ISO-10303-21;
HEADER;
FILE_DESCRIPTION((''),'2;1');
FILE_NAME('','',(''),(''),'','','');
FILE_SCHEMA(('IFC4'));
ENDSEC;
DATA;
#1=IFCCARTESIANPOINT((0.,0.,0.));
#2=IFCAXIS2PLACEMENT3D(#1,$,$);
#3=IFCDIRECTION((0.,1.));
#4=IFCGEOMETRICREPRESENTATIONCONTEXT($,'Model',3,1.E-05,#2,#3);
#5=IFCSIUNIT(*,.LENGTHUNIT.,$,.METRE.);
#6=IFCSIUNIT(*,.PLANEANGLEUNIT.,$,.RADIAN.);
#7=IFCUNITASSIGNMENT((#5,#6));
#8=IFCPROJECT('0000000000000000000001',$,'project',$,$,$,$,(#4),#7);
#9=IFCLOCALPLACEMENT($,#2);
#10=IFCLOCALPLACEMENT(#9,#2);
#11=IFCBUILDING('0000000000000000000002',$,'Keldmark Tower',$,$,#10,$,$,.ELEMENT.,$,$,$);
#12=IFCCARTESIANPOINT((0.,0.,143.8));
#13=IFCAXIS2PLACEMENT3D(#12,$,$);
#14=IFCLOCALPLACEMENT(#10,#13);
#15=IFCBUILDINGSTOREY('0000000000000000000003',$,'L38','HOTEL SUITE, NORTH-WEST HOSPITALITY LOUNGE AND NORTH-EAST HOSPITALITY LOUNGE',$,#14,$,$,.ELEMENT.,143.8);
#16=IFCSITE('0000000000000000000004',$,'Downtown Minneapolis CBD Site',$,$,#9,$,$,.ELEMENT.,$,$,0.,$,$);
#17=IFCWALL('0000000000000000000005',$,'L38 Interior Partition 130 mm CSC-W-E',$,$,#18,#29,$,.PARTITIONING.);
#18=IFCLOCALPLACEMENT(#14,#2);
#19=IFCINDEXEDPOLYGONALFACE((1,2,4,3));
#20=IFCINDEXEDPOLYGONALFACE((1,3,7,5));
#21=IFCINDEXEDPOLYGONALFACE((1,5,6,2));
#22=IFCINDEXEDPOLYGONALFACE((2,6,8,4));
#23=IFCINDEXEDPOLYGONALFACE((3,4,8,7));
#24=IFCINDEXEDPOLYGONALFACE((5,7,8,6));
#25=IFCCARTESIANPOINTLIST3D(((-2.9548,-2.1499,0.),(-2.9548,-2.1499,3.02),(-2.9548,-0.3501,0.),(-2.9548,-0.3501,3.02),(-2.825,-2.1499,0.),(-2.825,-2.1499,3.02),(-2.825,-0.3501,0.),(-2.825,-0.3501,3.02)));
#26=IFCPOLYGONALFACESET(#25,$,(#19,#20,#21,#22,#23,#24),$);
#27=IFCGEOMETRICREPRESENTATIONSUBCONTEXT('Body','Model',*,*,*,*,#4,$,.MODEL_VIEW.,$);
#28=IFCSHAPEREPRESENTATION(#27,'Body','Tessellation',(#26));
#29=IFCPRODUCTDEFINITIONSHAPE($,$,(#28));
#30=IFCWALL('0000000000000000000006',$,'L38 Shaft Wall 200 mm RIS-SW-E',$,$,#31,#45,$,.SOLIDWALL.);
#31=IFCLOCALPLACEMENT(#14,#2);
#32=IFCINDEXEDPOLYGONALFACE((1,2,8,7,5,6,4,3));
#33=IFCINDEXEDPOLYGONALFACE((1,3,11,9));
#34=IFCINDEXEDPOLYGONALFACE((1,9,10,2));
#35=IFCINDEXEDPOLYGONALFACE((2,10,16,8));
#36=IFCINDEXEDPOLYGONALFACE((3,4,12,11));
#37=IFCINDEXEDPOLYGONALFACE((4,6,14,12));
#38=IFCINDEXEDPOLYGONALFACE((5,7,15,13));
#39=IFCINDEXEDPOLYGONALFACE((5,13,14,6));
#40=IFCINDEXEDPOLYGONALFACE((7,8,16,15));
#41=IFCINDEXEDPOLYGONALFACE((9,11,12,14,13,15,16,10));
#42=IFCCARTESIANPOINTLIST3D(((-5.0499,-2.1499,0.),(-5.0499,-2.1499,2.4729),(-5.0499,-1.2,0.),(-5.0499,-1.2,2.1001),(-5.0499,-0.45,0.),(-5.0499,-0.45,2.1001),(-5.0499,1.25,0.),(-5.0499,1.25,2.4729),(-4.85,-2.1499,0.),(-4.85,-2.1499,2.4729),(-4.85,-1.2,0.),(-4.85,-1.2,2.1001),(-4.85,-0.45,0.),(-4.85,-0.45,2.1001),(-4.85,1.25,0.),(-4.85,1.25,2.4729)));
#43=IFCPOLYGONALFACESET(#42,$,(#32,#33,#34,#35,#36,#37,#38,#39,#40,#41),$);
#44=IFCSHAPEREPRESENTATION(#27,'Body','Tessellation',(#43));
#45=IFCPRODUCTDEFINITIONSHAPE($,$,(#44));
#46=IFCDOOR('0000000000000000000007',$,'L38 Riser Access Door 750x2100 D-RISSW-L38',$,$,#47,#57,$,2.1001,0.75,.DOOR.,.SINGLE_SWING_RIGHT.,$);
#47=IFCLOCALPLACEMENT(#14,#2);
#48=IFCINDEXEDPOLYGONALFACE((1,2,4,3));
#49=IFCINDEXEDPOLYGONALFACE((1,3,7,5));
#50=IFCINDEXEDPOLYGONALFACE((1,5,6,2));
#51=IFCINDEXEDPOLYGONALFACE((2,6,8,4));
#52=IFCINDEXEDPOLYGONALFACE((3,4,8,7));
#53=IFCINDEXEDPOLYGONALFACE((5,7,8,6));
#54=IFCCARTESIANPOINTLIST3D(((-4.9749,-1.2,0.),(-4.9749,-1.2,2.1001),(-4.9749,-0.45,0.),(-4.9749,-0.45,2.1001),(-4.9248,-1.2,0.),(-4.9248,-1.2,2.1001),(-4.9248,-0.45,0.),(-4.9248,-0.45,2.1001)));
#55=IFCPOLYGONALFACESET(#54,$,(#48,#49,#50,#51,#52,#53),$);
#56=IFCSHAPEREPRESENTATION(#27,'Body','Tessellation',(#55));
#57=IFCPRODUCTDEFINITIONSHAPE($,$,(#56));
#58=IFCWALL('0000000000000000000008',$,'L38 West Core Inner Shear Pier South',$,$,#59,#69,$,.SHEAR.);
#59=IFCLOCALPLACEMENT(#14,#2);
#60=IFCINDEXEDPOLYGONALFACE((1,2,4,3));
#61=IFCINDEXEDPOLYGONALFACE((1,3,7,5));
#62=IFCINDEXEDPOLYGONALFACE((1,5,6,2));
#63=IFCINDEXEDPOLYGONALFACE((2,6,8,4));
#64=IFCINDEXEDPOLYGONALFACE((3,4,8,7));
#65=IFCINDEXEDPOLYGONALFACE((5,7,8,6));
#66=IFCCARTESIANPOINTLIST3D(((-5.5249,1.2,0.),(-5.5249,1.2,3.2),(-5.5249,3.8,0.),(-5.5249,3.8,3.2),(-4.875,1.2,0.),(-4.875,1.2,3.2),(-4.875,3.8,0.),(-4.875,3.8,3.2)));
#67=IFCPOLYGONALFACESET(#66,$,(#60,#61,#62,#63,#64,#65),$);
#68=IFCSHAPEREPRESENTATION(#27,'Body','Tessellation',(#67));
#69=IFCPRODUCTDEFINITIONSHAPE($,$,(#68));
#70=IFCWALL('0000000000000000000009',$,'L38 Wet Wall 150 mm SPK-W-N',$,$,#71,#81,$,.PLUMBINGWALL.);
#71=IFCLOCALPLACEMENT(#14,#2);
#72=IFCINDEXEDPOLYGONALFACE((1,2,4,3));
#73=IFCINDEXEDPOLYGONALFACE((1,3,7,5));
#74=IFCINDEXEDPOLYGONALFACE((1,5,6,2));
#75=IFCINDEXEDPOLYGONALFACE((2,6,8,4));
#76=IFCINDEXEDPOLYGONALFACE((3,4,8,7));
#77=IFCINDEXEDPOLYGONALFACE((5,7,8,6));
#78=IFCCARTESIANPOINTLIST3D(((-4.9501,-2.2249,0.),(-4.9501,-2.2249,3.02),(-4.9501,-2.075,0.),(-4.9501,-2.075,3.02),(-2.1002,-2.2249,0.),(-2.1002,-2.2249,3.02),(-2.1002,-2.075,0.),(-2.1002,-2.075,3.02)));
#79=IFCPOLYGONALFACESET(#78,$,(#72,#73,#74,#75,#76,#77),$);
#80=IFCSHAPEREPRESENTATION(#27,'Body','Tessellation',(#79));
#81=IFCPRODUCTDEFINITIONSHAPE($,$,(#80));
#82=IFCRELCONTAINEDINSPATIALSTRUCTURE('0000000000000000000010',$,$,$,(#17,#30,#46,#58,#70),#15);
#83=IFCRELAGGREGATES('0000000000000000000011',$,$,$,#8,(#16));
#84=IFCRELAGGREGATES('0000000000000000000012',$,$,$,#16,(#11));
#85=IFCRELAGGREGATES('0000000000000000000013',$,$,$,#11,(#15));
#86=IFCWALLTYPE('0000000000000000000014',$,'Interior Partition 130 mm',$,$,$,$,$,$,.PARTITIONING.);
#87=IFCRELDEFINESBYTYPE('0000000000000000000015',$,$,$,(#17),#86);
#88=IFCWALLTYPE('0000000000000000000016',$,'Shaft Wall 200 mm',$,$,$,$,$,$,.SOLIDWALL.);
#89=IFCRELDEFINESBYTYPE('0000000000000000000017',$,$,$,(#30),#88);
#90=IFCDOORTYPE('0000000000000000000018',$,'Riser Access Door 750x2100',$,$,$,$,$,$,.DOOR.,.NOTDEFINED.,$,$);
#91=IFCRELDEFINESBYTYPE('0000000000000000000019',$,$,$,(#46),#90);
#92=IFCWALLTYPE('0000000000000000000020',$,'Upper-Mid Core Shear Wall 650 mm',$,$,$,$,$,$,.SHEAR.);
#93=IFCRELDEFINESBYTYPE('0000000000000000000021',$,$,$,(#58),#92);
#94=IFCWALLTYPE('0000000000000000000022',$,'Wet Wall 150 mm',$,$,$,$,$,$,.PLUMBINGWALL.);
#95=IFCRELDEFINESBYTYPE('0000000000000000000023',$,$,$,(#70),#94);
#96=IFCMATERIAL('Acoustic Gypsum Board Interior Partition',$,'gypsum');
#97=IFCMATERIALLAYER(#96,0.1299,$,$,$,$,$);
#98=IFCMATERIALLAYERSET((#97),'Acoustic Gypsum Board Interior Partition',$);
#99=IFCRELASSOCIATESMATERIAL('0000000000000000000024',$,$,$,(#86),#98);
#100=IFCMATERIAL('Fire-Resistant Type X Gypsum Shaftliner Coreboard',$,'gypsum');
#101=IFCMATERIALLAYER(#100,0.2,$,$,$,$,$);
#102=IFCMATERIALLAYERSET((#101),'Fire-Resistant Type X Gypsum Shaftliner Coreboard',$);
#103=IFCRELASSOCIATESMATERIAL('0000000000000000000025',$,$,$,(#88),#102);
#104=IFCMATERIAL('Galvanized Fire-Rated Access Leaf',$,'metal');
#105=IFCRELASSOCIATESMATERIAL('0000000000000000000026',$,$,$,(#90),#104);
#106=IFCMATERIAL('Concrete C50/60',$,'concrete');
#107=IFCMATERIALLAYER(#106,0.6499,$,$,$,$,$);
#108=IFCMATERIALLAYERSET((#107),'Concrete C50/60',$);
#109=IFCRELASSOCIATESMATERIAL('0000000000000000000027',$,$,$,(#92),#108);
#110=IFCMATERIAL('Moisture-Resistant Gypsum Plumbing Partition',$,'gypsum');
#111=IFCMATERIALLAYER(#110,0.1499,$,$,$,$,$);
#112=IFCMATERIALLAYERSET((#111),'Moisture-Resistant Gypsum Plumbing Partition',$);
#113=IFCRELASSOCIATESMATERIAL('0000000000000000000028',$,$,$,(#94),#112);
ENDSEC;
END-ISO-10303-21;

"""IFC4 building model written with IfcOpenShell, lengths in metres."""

from ifc_helpers import new_model, si_unit, direction, frame, frame_2d, origin, place, context, subcontext, project, spatial, rectangle, extrude, material, layer, layer_set, type_object, element, fill, save


model = new_model("IFC4")

# Units and contexts
model_context = context("Model", 3, precision=1e-05, world=origin(), true_north=direction((0.0, 1.0)))
body_context = subcontext(model_context, "Body", "Model", "MODEL_VIEW")
ifc_project = project(units=[si_unit("LENGTHUNIT", "METRE"), si_unit("PLANEANGLEUNIT", "RADIAN")], contexts=[model_context])

# Site, building, storey
site_placement = place(None, origin())
site = spatial("IfcSite", under=ifc_project, at=site_placement, Name="Downtown Minneapolis CBD Site", CompositionType="ELEMENT", RefElevation=0.0)
building_placement = place(site_placement, origin())
building = spatial("IfcBuilding", under=site, at=building_placement, Name="Keldmark Tower", CompositionType="ELEMENT")
storey_placement = place(building_placement, frame((0.0, 0.0, 143.8)))
storey = spatial("IfcBuildingStorey", under=building, at=storey_placement, Name="L38", Description="HOTEL SUITE, NORTH-WEST HOSPITALITY LOUNGE AND NORTH-EAST HOSPITALITY LOUNGE", CompositionType="ELEMENT", Elevation=143.8)

# Shared definitions
ifc_material_1 = material(Name="Acoustic Gypsum Board Interior Partition", Category="gypsum")
ifc_layer_1 = layer(ifc_material_1, 0.1299)
ifc_layer_set_1 = layer_set([ifc_layer_1], Name="Acoustic Gypsum Board Interior Partition")
wall_type_1 = type_object("IfcWallType", Name="Interior Partition 130 mm", PredefinedType="PARTITIONING", material=ifc_layer_set_1)

# Wall
wall_1_placement = place(storey_placement, frame((-2.8899, -2.1499, 0.0), z_axis=(0.0, 0.0, 1.0), x_axis=(0.0, 1.0, 0.0)))
element("IfcWall", 1, at=wall_1_placement, inside=storey, type_object=wall_type_1, Name="L38 Interior Partition 130 mm CSC-W-E", PredefinedType="PARTITIONING", context=body_context, shape_type="SweptSolid", body=[
    extrude(rectangle(XDim=1.7998, YDim=0.1299, at=frame_2d((0.8999, 0.0))), origin(), (0.0, 0.0, 1.0), 3.02),
])

# Wall, opening, door
ifc_material_2 = material(Name="Fire-Resistant Type X Gypsum Shaftliner Coreboard", Category="gypsum")
ifc_layer_2 = layer(ifc_material_2, 0.2)
ifc_layer_set_2 = layer_set([ifc_layer_2], Name="Fire-Resistant Type X Gypsum Shaftliner Coreboard")
wall_type_2 = type_object("IfcWallType", Name="Shaft Wall 200 mm", PredefinedType="SOLIDWALL", material=ifc_layer_set_2)
wall_2_placement = place(storey_placement, frame((-4.95, -2.1499, 0.0), z_axis=(0.0, 0.0, 1.0), x_axis=(0.0, 1.0, 0.0)))
wall_2 = element("IfcWall", 2, at=wall_2_placement, inside=storey, type_object=wall_type_2, Name="L38 Shaft Wall 200 mm RIS-SW-E", PredefinedType="SOLIDWALL", context=body_context, shape_type="SweptSolid", body=[
    extrude(rectangle(XDim=3.3999, YDim=0.2, at=frame_2d((1.7, 0.0))), origin(), (0.0, 0.0, 1.0), 2.4729),
])
opening_1_placement = place(wall_2_placement, frame((0.95, 0.0, 0.0)))
opening_1 = element("IfcOpeningElement", 3, at=opening_1_placement, cuts=wall_2, PredefinedType="OPENING", context=body_context, shape_type="SweptSolid", body=[
    extrude(rectangle(XDim=0.75, YDim=2.1001, at=frame_2d((0.375, 1.05))), frame((0.0, 0.1099, 0.0), z_axis=(0.0, -1.0, 0.0), x_axis=(1.0, 0.0, 0.0)), (0.0, 0.0, 1.0), 0.22),
])
ifc_material_3 = material(Name="Galvanized Fire-Rated Access Leaf", Category="metal")
door_type_1 = type_object("IfcDoorType", Name="Riser Access Door 750x2100", OperationType="NOTDEFINED", PredefinedType="DOOR", material=ifc_material_3)
door_1_placement = place(opening_1_placement, origin())
door_1 = element("IfcDoor", 4, at=door_1_placement, inside=storey, type_object=door_type_1, Name="L38 Riser Access Door 750x2100 D-RISSW-L38", OperationType="SINGLE_SWING_RIGHT", OverallHeight=2.1001, OverallWidth=0.75, PredefinedType="DOOR", context=body_context, shape_type="SweptSolid", body=[
    extrude(rectangle(XDim=0.75, YDim=2.1001, at=frame_2d((0.375, 1.05))), frame((0.0, 0.0249, 0.0), z_axis=(0.0, -1.0, 0.0), x_axis=(1.0, 0.0, 0.0)), (0.0, 0.0, 1.0), 0.05),
])
fill(opening_1, door_1)

# Shared definitions
ifc_material_4 = material(Name="Concrete C50/60", Category="concrete")
ifc_layer_3 = layer(ifc_material_4, 0.6499)
ifc_layer_set_3 = layer_set([ifc_layer_3], Name="Concrete C50/60")
wall_type_3 = type_object("IfcWallType", Name="Upper-Mid Core Shear Wall 650 mm", PredefinedType="SHEAR", material=ifc_layer_set_3)

# Walls
wall_3_placement = place(storey_placement, frame((-5.2, 1.2, 0.0), z_axis=(0.0, 0.0, 1.0), x_axis=(0.0, 1.0, 0.0)))
element("IfcWall", 5, at=wall_3_placement, inside=storey, type_object=wall_type_3, Name="L38 West Core Inner Shear Pier South", PredefinedType="SHEAR", context=body_context, shape_type="SweptSolid", body=[
    extrude(rectangle(XDim=2.6001, YDim=0.6499, at=frame_2d((1.3, 0.0))), origin(), (0.0, 0.0, 1.0), 3.2),
])
ifc_material_5 = material(Name="Moisture-Resistant Gypsum Plumbing Partition", Category="gypsum")
ifc_layer_4 = layer(ifc_material_5, 0.1499)
ifc_layer_set_4 = layer_set([ifc_layer_4], Name="Moisture-Resistant Gypsum Plumbing Partition")
wall_type_4 = type_object("IfcWallType", Name="Wet Wall 150 mm", PredefinedType="PLUMBINGWALL", material=ifc_layer_set_4)
wall_4_placement = place(storey_placement, frame((-4.95, -2.1499, 0.0), z_axis=(0.0, 0.0, 1.0), x_axis=(1.0, 0.0, 0.0)))
element("IfcWall", 6, at=wall_4_placement, inside=storey, type_object=wall_type_4, Name="L38 Wet Wall 150 mm SPK-W-N", PredefinedType="PLUMBINGWALL", context=body_context, shape_type="SweptSolid", body=[
    extrude(rectangle(XDim=2.8499, YDim=0.1499, at=frame_2d((1.4248, 0.0))), origin(), (0.0, 0.0, 1.0), 3.02),
])

save(model, "model.ifc")
